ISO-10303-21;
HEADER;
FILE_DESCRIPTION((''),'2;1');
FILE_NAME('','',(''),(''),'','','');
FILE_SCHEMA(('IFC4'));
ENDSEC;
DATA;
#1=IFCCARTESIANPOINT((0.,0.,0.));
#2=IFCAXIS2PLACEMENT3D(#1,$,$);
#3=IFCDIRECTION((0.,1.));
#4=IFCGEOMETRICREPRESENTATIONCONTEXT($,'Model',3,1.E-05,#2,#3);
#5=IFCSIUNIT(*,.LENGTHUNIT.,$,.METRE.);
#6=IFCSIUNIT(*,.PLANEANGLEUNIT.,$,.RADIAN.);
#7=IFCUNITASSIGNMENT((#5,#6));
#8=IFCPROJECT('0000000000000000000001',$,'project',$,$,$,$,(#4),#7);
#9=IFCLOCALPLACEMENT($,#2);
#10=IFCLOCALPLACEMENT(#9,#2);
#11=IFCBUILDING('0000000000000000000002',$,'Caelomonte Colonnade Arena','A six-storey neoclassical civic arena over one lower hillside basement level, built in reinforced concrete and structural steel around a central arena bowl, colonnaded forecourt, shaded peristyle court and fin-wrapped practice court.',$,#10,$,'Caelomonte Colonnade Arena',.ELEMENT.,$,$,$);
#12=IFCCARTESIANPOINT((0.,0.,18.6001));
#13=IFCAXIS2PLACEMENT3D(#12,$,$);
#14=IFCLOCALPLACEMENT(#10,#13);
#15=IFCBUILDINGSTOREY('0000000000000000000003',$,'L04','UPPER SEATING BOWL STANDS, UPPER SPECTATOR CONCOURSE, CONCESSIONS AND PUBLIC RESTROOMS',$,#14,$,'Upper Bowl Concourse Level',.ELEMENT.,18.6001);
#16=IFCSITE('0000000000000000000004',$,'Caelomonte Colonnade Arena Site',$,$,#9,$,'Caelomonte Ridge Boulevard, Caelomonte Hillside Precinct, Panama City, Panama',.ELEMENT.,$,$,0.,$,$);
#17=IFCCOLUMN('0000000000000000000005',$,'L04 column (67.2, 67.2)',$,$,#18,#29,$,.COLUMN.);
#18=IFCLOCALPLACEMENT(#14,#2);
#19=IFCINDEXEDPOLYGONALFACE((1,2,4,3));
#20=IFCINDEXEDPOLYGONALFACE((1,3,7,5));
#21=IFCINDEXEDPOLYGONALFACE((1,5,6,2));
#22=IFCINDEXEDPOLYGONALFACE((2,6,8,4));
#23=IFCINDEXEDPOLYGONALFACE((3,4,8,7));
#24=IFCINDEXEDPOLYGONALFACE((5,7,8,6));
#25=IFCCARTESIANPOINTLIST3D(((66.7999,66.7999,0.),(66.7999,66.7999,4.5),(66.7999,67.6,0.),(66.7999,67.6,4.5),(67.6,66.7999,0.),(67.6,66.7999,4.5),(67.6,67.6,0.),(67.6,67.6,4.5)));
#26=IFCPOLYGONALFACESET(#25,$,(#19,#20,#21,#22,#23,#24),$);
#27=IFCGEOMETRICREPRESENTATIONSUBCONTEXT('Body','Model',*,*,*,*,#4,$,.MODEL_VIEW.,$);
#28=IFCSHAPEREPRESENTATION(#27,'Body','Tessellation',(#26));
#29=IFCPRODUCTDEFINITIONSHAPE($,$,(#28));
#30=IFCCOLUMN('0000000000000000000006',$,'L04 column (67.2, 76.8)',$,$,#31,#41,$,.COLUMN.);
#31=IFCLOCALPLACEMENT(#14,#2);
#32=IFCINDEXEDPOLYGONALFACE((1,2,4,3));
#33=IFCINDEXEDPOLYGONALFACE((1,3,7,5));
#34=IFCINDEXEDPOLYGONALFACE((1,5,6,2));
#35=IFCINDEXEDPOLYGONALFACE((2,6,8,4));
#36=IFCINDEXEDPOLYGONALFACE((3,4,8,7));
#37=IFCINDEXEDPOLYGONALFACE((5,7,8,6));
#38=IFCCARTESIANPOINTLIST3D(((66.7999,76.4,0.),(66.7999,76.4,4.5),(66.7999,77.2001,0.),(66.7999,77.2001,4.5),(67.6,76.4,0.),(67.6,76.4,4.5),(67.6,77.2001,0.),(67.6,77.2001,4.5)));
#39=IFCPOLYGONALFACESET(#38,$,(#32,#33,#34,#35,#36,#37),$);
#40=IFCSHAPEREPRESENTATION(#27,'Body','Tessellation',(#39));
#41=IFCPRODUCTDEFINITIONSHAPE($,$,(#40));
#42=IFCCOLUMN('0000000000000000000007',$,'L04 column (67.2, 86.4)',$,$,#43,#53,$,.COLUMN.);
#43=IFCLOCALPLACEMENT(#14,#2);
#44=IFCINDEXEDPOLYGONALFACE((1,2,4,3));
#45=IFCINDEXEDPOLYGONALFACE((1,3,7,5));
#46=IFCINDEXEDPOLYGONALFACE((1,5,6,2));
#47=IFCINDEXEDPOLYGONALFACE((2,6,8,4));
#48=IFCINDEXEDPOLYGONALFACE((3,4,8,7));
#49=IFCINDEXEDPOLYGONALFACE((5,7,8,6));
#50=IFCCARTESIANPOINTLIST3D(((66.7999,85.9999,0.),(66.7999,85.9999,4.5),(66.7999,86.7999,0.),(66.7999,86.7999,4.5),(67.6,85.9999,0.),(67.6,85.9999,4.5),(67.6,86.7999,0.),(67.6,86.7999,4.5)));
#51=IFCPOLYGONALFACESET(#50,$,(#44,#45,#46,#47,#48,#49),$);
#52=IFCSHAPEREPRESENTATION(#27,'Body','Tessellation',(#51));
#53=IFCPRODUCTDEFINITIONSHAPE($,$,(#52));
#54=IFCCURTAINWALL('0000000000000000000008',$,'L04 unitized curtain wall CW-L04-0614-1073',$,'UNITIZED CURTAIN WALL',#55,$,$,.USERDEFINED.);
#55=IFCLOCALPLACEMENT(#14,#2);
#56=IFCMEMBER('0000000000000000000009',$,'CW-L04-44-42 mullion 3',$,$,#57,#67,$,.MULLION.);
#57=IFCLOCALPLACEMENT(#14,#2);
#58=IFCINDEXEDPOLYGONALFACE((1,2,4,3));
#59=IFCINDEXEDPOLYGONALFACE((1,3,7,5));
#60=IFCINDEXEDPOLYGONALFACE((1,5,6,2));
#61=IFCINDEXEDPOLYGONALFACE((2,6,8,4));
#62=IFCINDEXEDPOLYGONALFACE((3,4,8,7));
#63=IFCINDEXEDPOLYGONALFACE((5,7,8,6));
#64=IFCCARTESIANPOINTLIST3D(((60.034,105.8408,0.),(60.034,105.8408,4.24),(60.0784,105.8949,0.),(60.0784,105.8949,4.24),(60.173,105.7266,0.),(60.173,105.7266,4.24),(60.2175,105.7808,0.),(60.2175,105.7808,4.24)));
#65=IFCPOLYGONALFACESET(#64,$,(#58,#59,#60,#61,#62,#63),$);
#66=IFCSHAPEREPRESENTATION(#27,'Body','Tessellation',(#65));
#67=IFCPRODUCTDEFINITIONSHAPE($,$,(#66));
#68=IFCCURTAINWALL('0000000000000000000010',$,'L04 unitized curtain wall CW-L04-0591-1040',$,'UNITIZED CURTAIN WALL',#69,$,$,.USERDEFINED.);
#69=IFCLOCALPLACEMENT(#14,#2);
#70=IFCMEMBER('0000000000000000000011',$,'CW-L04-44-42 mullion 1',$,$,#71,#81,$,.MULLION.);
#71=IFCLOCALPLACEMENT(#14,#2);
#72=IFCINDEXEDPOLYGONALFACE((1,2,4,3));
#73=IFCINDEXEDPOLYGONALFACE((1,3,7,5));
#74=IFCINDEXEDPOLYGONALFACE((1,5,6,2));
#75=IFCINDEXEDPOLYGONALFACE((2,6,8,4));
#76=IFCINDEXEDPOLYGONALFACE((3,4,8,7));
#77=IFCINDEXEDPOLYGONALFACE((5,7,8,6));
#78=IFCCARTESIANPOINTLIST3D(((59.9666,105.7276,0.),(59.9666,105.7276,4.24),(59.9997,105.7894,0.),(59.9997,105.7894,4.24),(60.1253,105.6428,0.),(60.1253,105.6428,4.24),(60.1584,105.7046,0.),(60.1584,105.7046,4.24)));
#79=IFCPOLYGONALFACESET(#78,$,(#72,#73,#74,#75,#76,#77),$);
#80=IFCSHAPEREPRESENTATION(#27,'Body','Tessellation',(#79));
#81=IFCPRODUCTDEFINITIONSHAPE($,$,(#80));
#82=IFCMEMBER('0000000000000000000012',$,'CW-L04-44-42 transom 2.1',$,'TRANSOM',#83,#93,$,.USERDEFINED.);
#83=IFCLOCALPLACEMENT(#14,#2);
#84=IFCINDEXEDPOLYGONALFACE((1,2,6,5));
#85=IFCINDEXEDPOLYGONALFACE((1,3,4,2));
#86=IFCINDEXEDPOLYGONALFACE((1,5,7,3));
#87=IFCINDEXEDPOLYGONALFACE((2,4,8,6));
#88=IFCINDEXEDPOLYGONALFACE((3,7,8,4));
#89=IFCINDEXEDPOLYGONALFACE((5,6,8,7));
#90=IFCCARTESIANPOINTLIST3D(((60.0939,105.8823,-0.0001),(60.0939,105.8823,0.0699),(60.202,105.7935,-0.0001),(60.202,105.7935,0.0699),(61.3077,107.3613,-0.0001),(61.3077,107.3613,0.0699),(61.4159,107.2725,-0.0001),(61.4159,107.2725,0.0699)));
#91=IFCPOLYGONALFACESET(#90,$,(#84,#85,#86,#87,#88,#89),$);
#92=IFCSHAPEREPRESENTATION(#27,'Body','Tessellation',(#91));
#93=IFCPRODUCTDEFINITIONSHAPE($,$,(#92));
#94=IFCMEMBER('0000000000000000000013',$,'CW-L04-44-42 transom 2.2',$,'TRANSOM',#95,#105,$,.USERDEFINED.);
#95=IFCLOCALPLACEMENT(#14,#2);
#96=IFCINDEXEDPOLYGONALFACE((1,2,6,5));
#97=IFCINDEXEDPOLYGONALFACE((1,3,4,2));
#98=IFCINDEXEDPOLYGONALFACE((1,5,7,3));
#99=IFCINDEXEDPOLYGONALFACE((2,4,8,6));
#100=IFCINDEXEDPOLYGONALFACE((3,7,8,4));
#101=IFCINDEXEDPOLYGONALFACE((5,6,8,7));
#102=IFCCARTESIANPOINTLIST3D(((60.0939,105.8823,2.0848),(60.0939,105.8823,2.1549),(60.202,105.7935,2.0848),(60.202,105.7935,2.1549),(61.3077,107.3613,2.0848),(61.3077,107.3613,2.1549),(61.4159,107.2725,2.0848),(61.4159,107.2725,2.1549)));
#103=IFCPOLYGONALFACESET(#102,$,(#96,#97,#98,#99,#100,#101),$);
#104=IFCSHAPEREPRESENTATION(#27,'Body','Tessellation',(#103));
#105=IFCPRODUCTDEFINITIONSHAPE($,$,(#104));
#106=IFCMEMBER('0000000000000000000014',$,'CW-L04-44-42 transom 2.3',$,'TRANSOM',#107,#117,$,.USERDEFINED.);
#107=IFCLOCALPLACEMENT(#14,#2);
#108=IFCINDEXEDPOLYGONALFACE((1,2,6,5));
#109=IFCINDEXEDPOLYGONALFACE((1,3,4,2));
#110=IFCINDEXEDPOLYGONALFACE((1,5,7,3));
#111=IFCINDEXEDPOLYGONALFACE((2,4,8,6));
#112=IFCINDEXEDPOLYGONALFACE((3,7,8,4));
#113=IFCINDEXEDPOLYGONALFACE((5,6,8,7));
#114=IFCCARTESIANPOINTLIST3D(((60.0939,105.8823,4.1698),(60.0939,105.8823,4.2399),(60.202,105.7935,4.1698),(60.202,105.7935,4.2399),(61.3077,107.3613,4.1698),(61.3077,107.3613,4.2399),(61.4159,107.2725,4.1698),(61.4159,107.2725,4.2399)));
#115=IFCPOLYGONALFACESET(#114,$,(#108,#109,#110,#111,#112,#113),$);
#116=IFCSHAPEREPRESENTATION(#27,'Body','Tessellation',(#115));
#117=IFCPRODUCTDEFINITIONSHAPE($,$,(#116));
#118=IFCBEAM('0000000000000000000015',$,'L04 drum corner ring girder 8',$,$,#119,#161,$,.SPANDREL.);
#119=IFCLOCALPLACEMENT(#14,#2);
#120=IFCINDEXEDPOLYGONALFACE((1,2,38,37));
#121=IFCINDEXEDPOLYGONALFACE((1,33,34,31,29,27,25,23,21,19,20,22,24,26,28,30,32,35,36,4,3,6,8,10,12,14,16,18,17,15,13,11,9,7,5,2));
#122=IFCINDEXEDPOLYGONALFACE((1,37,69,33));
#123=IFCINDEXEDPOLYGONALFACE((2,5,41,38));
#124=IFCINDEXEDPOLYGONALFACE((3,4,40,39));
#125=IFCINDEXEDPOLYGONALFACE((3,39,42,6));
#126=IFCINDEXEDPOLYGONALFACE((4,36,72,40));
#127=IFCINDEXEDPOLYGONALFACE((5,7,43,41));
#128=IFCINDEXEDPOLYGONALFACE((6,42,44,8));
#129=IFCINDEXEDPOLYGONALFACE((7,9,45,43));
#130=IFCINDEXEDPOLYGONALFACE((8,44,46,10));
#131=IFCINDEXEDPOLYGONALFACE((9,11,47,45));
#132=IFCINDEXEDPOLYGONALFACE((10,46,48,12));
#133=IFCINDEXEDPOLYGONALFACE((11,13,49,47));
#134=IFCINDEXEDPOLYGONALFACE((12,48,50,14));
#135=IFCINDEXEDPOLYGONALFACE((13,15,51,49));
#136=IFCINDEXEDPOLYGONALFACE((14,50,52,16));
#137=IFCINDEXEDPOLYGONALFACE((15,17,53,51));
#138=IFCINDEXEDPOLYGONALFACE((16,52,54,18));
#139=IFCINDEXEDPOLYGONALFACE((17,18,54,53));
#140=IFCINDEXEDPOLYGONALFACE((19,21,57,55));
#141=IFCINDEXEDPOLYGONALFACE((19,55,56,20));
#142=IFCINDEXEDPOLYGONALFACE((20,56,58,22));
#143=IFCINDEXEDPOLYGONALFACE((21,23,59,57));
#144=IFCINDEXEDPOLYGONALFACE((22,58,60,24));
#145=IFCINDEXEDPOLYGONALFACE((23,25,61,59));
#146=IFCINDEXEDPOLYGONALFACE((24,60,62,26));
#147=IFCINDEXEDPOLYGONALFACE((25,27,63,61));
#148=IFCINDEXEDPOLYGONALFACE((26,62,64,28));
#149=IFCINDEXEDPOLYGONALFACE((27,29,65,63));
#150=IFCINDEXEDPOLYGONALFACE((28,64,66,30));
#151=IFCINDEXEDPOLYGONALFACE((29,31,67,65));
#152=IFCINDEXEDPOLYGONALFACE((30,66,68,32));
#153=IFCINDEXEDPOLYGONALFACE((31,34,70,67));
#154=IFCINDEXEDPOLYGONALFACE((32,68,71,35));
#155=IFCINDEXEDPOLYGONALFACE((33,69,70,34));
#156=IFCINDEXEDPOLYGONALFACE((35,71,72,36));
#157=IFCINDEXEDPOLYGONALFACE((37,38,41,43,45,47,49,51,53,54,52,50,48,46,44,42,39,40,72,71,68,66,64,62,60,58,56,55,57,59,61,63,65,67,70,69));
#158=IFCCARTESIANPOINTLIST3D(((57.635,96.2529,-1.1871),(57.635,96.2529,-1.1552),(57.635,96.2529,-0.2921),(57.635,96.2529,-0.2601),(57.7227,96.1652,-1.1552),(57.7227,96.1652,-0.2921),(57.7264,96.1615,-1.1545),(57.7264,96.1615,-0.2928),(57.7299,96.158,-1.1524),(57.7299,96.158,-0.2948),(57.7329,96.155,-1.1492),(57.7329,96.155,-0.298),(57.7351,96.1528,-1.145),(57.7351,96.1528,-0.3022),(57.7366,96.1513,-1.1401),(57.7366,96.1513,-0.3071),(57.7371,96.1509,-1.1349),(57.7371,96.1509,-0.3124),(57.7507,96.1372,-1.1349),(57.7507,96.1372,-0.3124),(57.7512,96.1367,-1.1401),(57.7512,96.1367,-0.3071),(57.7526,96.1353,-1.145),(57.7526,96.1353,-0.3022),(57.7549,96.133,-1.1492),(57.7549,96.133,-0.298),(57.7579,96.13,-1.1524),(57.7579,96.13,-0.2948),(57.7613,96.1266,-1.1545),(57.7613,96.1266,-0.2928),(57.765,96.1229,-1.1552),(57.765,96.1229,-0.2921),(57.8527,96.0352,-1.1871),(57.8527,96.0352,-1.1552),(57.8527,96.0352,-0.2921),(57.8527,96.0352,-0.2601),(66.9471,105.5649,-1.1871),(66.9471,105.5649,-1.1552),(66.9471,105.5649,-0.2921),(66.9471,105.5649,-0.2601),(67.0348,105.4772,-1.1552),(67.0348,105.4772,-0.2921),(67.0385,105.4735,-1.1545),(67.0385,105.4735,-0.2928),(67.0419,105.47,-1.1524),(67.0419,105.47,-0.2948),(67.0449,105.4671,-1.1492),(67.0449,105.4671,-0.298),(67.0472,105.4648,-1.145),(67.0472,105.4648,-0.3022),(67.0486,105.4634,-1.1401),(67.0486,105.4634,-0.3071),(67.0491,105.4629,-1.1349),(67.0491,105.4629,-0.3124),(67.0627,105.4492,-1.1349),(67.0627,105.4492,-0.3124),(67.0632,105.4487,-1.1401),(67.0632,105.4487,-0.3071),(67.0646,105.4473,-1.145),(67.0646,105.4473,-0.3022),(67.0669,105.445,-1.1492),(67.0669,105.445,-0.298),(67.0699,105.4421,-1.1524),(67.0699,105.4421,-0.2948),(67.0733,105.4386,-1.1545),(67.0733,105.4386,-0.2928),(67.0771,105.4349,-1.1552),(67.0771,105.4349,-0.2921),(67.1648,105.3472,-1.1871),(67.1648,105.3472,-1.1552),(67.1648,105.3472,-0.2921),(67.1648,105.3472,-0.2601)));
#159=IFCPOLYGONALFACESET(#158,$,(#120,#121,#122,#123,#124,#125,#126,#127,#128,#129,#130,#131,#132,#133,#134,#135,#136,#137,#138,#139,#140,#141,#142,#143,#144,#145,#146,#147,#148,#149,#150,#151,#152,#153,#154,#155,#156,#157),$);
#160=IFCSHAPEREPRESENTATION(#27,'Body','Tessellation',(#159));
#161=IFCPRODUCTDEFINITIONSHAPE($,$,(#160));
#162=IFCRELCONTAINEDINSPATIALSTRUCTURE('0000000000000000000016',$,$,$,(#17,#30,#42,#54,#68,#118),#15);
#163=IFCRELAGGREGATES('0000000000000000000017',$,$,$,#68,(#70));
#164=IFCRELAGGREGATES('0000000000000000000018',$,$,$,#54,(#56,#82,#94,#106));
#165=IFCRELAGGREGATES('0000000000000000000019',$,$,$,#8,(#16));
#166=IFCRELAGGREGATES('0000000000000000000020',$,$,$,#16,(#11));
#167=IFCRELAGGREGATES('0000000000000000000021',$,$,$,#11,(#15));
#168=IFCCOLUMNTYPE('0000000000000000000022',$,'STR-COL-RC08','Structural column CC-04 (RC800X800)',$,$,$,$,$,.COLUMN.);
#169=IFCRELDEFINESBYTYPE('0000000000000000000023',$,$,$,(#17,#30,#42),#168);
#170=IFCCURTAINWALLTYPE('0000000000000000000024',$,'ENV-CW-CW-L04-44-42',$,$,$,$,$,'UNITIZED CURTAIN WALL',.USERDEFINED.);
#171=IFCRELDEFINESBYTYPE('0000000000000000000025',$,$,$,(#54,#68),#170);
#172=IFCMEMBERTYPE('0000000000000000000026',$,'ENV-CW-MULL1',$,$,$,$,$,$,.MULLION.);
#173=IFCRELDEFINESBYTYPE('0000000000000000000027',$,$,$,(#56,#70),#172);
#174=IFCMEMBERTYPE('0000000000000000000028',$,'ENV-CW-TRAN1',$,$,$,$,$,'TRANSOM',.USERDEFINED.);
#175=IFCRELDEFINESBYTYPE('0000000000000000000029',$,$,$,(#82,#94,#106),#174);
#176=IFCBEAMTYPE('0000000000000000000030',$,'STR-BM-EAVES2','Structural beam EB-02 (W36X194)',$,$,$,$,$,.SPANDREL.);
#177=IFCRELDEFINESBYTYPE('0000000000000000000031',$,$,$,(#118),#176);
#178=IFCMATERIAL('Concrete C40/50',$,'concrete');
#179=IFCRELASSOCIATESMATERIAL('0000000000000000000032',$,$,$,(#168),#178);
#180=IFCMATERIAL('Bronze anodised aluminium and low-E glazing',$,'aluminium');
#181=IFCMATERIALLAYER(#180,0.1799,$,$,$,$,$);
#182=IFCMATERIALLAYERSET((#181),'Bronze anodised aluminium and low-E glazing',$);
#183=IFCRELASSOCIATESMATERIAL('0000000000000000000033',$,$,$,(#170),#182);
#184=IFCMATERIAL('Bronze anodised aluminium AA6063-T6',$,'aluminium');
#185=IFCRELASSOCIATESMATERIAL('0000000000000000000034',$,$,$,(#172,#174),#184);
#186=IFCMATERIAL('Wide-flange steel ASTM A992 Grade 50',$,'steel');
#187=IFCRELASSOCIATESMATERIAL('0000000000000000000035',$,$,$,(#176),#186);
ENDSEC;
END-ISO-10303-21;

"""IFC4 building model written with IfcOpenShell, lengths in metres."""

from ifc_helpers import new_model, si_unit, direction, frame, origin, origin_2d, place, context, subcontext, project, spatial, rectangle, i_section, extrude, material, layer, layer_set, material_profile, profile_set, type_object, element, aggregate, save


model = new_model("IFC4")

# Units and contexts
model_context = context("Model", 3, precision=1e-05, world=origin(), true_north=direction((0.0, 1.0)))
body_context = subcontext(model_context, "Body", "Model", "MODEL_VIEW")
ifc_project = project(units=[si_unit("LENGTHUNIT", "METRE"), si_unit("PLANEANGLEUNIT", "RADIAN")], contexts=[model_context])

# Site, building, storey
site_placement = place(None, origin())
site = spatial("IfcSite", under=ifc_project, at=site_placement, Name="Caelomonte Colonnade Arena Site", LongName="Caelomonte Ridge Boulevard, Caelomonte Hillside Precinct, Panama City, Panama", CompositionType="ELEMENT", RefElevation=0.0)
building_placement = place(site_placement, origin())
building = spatial("IfcBuilding", under=site, at=building_placement, Name="Caelomonte Colonnade Arena", Description="A six-storey neoclassical civic arena over one lower hillside basement level, built in reinforced concrete and structural steel around a central arena bowl, colonnaded forecourt, shaded peristyle court and fin-wrapped practice court.", LongName="Caelomonte Colonnade Arena", CompositionType="ELEMENT")
storey_placement = place(building_placement, frame((0.0, 0.0, 18.6001)))
storey = spatial("IfcBuildingStorey", under=building, at=storey_placement, Name="L04", Description="UPPER SEATING BOWL STANDS, UPPER SPECTATOR CONCOURSE, CONCESSIONS AND PUBLIC RESTROOMS", LongName="Upper Bowl Concourse Level", CompositionType="ELEMENT", Elevation=18.6001)

# Columns
ifc_material_1 = material(Name="Concrete C40/50", Category="concrete")
ifc_material_profile_1 = material_profile(ifc_material_1, rectangle(XDim=0.8, YDim=0.8, at=origin_2d()), Name="RC800X800")
ifc_profile_set_1 = profile_set([ifc_material_profile_1], Name="Concrete C40/50")
column_type = type_object("IfcColumnType", Name="STR-COL-RC08", Description="Structural column CC-04 (RC800X800)", PredefinedType="COLUMN", material=ifc_profile_set_1)
for number, where, z_axis, x_axis, name in (
    (1, (67.2, 67.2, 0.0), (0.0, 0.0, 1.0), (1.0, 0.0, 0.0), "L04 column (67.2, 67.2)"),
    (2, (67.2, 76.8, 0.0), (0.0, 0.0, 1.0), (1.0, 0.0, 0.0), "L04 column (67.2, 76.8)"),
    (3, (67.2, 86.3999, 0.0), (0.0, 0.0, 1.0), (1.0, 0.0, 0.0), "L04 column (67.2, 86.4)"),
):
    element("IfcColumn", number, at=place(storey_placement, frame(where, z_axis=z_axis, x_axis=x_axis)), inside=storey, type_object=column_type, Name=name, PredefinedType="COLUMN", context=body_context, shape_type="SweptSolid", body=[
        extrude(rectangle(XDim=0.8, YDim=0.8, at=origin_2d()), origin(), (0.0, 0.0, 1.0), 4.5),
    ])

# Curtain walls, members
ifc_material_2 = material(Name="Bronze anodised aluminium and low-E glazing", Category="aluminium")
ifc_layer_1 = layer(ifc_material_2, 0.1799)
ifc_layer_set_1 = layer_set([ifc_layer_1], Name="Bronze anodised aluminium and low-E glazing")
curtain_wall_type = type_object("IfcCurtainWallType", Name="ENV-CW-CW-L04-44-42", ElementType="UNITIZED CURTAIN WALL", PredefinedType="USERDEFINED", material=ifc_layer_set_1)
curtain_wall_1_placement = place(storey_placement, origin())
curtain_wall_1 = element("IfcCurtainWall", 4, at=curtain_wall_1_placement, inside=storey, type_object=curtain_wall_type, Name="L04 unitized curtain wall CW-L04-0614-1073", ObjectType="UNITIZED CURTAIN WALL", PredefinedType="USERDEFINED")
ifc_material_3 = material(Name="Bronze anodised aluminium AA6063-T6", Category="aluminium")
ifc_material_profile_2 = material_profile(ifc_material_3, rectangle(XDim=0.0701, YDim=0.1799, at=origin_2d()), Name="CWM-70X180")
ifc_profile_set_2 = profile_set([ifc_material_profile_2], Name="Bronze anodised aluminium AA6063-T6")
member_type_1 = type_object("IfcMemberType", Name="ENV-CW-MULL1", PredefinedType="MULLION", material=ifc_profile_set_2)
member_1_placement = place(storey_placement, frame((60.1257, 105.8108, 0.0), z_axis=(0.0, 0.0, 1.0), x_axis=(-0.634416, -0.772992, 0.0)))
member_1 = element("IfcMember", 5, at=member_1_placement, type_object=member_type_1, Name="CW-L04-44-42 mullion 3", PredefinedType="MULLION", context=body_context, shape_type="SweptSolid", body=[
    extrude(rectangle(XDim=0.0701, YDim=0.1799, at=origin_2d()), origin(), (0.0, 0.0, 1.0), 4.24),
])
curtain_wall_2_placement = place(storey_placement, origin())
curtain_wall_2 = element("IfcCurtainWall", 6, at=curtain_wall_2_placement, inside=storey, type_object=curtain_wall_type, Name="L04 unitized curtain wall CW-L04-0591-1040", ObjectType="UNITIZED CURTAIN WALL", PredefinedType="USERDEFINED")
member_2_placement = place(storey_placement, frame((60.0625, 105.7161, 0.0), z_axis=(0.0, 0.0, 1.0), x_axis=(-0.471394, -0.881923, 0.0)))
member_2 = element("IfcMember", 7, at=member_2_placement, type_object=member_type_1, Name="CW-L04-44-42 mullion 1", PredefinedType="MULLION", context=body_context, shape_type="SweptSolid", body=[
    extrude(rectangle(XDim=0.0701, YDim=0.1799, at=origin_2d()), origin(), (0.0, 0.0, 1.0), 4.24),
])
aggregate(curtain_wall_2, [member_2])

# Members
ifc_material_profile_3 = material_profile(ifc_material_3, rectangle(XDim=0.0701, YDim=0.1399, at=origin_2d()), Name="CWT-70X140")
ifc_profile_set_3 = profile_set([ifc_material_profile_3], Name="Bronze anodised aluminium AA6063-T6")
member_type_2 = type_object("IfcMemberType", Name="ENV-CW-TRAN1", ElementType="TRANSOM", PredefinedType="USERDEFINED", material=ifc_profile_set_3)
member_3_placement = place(storey_placement, frame((61.3618, 107.3169, 0.0349), z_axis=(-0.634418, -0.77299, 0.0), x_axis=(0.0, 0.0, 1.0)))
member_3 = element("IfcMember", 8, at=member_3_placement, type_object=member_type_2, Name="CW-L04-44-42 transom 2.1", ObjectType="TRANSOM", PredefinedType="USERDEFINED", context=body_context, shape_type="SweptSolid", body=[
    extrude(rectangle(XDim=0.0701, YDim=0.1399, at=origin_2d()), origin(), (0.0, 0.0, 1.0), 1.9133),
])
member_4_placement = place(storey_placement, frame((61.3618, 107.3169, 2.1199), z_axis=(-0.634418, -0.77299, 0.0), x_axis=(0.0, 0.0, 1.0)))
member_4 = element("IfcMember", 9, at=member_4_placement, type_object=member_type_2, Name="CW-L04-44-42 transom 2.2", ObjectType="TRANSOM", PredefinedType="USERDEFINED", context=body_context, shape_type="SweptSolid", body=[
    extrude(rectangle(XDim=0.0701, YDim=0.1399, at=origin_2d()), origin(), (0.0, 0.0, 1.0), 1.9133),
])
member_5_placement = place(storey_placement, frame((61.3618, 107.3169, 4.2048), z_axis=(-0.634418, -0.77299, 0.0), x_axis=(0.0, 0.0, 1.0)))
member_5 = element("IfcMember", 10, at=member_5_placement, type_object=member_type_2, Name="CW-L04-44-42 transom 2.3", ObjectType="TRANSOM", PredefinedType="USERDEFINED", context=body_context, shape_type="SweptSolid", body=[
    extrude(rectangle(XDim=0.0701, YDim=0.1399, at=origin_2d()), origin(), (0.0, 0.0, 1.0), 1.9133),
])

# Beam
ifc_material_4 = material(Name="Wide-flange steel ASTM A992 Grade 50", Category="steel")
ifc_material_profile_4 = material_profile(ifc_material_4, i_section(OverallWidth=0.3079, OverallDepth=0.927, WebThickness=0.0193, FlangeThickness=0.032, FilletRadius=0.0203, at=origin_2d()), Name="W36X194")
ifc_profile_set_4 = profile_set([ifc_material_profile_4], Name="Wide-flange steel ASTM A992 Grade 50")
beam_type_1 = type_object("IfcBeamType", Name="STR-BM-EAVES2", Description="Structural beam EB-02 (W36X194)", PredefinedType="SPANDREL", material=ifc_profile_set_4)
beam_1_placement = place(storey_placement, frame((67.0559, 105.4561, -0.7236), z_axis=(-0.707107, -0.707107, 0.0), x_axis=(0.707107, -0.707107, 0.0)))
element("IfcBeam", 11, at=beam_1_placement, inside=storey, type_object=beam_type_1, Name="L04 drum corner ring girder 8", PredefinedType="SPANDREL", context=body_context, shape_type="SweptSolid", body=[
    extrude(i_section(OverallWidth=0.3079, OverallDepth=0.927, WebThickness=0.0193, FlangeThickness=0.032, FilletRadius=0.0203, at=origin_2d()), origin(), (0.0, 0.0, 1.0), 13.1692),
])

aggregate(curtain_wall_1, [member_1, member_3, member_4, member_5])

save(model, "model.ifc")
